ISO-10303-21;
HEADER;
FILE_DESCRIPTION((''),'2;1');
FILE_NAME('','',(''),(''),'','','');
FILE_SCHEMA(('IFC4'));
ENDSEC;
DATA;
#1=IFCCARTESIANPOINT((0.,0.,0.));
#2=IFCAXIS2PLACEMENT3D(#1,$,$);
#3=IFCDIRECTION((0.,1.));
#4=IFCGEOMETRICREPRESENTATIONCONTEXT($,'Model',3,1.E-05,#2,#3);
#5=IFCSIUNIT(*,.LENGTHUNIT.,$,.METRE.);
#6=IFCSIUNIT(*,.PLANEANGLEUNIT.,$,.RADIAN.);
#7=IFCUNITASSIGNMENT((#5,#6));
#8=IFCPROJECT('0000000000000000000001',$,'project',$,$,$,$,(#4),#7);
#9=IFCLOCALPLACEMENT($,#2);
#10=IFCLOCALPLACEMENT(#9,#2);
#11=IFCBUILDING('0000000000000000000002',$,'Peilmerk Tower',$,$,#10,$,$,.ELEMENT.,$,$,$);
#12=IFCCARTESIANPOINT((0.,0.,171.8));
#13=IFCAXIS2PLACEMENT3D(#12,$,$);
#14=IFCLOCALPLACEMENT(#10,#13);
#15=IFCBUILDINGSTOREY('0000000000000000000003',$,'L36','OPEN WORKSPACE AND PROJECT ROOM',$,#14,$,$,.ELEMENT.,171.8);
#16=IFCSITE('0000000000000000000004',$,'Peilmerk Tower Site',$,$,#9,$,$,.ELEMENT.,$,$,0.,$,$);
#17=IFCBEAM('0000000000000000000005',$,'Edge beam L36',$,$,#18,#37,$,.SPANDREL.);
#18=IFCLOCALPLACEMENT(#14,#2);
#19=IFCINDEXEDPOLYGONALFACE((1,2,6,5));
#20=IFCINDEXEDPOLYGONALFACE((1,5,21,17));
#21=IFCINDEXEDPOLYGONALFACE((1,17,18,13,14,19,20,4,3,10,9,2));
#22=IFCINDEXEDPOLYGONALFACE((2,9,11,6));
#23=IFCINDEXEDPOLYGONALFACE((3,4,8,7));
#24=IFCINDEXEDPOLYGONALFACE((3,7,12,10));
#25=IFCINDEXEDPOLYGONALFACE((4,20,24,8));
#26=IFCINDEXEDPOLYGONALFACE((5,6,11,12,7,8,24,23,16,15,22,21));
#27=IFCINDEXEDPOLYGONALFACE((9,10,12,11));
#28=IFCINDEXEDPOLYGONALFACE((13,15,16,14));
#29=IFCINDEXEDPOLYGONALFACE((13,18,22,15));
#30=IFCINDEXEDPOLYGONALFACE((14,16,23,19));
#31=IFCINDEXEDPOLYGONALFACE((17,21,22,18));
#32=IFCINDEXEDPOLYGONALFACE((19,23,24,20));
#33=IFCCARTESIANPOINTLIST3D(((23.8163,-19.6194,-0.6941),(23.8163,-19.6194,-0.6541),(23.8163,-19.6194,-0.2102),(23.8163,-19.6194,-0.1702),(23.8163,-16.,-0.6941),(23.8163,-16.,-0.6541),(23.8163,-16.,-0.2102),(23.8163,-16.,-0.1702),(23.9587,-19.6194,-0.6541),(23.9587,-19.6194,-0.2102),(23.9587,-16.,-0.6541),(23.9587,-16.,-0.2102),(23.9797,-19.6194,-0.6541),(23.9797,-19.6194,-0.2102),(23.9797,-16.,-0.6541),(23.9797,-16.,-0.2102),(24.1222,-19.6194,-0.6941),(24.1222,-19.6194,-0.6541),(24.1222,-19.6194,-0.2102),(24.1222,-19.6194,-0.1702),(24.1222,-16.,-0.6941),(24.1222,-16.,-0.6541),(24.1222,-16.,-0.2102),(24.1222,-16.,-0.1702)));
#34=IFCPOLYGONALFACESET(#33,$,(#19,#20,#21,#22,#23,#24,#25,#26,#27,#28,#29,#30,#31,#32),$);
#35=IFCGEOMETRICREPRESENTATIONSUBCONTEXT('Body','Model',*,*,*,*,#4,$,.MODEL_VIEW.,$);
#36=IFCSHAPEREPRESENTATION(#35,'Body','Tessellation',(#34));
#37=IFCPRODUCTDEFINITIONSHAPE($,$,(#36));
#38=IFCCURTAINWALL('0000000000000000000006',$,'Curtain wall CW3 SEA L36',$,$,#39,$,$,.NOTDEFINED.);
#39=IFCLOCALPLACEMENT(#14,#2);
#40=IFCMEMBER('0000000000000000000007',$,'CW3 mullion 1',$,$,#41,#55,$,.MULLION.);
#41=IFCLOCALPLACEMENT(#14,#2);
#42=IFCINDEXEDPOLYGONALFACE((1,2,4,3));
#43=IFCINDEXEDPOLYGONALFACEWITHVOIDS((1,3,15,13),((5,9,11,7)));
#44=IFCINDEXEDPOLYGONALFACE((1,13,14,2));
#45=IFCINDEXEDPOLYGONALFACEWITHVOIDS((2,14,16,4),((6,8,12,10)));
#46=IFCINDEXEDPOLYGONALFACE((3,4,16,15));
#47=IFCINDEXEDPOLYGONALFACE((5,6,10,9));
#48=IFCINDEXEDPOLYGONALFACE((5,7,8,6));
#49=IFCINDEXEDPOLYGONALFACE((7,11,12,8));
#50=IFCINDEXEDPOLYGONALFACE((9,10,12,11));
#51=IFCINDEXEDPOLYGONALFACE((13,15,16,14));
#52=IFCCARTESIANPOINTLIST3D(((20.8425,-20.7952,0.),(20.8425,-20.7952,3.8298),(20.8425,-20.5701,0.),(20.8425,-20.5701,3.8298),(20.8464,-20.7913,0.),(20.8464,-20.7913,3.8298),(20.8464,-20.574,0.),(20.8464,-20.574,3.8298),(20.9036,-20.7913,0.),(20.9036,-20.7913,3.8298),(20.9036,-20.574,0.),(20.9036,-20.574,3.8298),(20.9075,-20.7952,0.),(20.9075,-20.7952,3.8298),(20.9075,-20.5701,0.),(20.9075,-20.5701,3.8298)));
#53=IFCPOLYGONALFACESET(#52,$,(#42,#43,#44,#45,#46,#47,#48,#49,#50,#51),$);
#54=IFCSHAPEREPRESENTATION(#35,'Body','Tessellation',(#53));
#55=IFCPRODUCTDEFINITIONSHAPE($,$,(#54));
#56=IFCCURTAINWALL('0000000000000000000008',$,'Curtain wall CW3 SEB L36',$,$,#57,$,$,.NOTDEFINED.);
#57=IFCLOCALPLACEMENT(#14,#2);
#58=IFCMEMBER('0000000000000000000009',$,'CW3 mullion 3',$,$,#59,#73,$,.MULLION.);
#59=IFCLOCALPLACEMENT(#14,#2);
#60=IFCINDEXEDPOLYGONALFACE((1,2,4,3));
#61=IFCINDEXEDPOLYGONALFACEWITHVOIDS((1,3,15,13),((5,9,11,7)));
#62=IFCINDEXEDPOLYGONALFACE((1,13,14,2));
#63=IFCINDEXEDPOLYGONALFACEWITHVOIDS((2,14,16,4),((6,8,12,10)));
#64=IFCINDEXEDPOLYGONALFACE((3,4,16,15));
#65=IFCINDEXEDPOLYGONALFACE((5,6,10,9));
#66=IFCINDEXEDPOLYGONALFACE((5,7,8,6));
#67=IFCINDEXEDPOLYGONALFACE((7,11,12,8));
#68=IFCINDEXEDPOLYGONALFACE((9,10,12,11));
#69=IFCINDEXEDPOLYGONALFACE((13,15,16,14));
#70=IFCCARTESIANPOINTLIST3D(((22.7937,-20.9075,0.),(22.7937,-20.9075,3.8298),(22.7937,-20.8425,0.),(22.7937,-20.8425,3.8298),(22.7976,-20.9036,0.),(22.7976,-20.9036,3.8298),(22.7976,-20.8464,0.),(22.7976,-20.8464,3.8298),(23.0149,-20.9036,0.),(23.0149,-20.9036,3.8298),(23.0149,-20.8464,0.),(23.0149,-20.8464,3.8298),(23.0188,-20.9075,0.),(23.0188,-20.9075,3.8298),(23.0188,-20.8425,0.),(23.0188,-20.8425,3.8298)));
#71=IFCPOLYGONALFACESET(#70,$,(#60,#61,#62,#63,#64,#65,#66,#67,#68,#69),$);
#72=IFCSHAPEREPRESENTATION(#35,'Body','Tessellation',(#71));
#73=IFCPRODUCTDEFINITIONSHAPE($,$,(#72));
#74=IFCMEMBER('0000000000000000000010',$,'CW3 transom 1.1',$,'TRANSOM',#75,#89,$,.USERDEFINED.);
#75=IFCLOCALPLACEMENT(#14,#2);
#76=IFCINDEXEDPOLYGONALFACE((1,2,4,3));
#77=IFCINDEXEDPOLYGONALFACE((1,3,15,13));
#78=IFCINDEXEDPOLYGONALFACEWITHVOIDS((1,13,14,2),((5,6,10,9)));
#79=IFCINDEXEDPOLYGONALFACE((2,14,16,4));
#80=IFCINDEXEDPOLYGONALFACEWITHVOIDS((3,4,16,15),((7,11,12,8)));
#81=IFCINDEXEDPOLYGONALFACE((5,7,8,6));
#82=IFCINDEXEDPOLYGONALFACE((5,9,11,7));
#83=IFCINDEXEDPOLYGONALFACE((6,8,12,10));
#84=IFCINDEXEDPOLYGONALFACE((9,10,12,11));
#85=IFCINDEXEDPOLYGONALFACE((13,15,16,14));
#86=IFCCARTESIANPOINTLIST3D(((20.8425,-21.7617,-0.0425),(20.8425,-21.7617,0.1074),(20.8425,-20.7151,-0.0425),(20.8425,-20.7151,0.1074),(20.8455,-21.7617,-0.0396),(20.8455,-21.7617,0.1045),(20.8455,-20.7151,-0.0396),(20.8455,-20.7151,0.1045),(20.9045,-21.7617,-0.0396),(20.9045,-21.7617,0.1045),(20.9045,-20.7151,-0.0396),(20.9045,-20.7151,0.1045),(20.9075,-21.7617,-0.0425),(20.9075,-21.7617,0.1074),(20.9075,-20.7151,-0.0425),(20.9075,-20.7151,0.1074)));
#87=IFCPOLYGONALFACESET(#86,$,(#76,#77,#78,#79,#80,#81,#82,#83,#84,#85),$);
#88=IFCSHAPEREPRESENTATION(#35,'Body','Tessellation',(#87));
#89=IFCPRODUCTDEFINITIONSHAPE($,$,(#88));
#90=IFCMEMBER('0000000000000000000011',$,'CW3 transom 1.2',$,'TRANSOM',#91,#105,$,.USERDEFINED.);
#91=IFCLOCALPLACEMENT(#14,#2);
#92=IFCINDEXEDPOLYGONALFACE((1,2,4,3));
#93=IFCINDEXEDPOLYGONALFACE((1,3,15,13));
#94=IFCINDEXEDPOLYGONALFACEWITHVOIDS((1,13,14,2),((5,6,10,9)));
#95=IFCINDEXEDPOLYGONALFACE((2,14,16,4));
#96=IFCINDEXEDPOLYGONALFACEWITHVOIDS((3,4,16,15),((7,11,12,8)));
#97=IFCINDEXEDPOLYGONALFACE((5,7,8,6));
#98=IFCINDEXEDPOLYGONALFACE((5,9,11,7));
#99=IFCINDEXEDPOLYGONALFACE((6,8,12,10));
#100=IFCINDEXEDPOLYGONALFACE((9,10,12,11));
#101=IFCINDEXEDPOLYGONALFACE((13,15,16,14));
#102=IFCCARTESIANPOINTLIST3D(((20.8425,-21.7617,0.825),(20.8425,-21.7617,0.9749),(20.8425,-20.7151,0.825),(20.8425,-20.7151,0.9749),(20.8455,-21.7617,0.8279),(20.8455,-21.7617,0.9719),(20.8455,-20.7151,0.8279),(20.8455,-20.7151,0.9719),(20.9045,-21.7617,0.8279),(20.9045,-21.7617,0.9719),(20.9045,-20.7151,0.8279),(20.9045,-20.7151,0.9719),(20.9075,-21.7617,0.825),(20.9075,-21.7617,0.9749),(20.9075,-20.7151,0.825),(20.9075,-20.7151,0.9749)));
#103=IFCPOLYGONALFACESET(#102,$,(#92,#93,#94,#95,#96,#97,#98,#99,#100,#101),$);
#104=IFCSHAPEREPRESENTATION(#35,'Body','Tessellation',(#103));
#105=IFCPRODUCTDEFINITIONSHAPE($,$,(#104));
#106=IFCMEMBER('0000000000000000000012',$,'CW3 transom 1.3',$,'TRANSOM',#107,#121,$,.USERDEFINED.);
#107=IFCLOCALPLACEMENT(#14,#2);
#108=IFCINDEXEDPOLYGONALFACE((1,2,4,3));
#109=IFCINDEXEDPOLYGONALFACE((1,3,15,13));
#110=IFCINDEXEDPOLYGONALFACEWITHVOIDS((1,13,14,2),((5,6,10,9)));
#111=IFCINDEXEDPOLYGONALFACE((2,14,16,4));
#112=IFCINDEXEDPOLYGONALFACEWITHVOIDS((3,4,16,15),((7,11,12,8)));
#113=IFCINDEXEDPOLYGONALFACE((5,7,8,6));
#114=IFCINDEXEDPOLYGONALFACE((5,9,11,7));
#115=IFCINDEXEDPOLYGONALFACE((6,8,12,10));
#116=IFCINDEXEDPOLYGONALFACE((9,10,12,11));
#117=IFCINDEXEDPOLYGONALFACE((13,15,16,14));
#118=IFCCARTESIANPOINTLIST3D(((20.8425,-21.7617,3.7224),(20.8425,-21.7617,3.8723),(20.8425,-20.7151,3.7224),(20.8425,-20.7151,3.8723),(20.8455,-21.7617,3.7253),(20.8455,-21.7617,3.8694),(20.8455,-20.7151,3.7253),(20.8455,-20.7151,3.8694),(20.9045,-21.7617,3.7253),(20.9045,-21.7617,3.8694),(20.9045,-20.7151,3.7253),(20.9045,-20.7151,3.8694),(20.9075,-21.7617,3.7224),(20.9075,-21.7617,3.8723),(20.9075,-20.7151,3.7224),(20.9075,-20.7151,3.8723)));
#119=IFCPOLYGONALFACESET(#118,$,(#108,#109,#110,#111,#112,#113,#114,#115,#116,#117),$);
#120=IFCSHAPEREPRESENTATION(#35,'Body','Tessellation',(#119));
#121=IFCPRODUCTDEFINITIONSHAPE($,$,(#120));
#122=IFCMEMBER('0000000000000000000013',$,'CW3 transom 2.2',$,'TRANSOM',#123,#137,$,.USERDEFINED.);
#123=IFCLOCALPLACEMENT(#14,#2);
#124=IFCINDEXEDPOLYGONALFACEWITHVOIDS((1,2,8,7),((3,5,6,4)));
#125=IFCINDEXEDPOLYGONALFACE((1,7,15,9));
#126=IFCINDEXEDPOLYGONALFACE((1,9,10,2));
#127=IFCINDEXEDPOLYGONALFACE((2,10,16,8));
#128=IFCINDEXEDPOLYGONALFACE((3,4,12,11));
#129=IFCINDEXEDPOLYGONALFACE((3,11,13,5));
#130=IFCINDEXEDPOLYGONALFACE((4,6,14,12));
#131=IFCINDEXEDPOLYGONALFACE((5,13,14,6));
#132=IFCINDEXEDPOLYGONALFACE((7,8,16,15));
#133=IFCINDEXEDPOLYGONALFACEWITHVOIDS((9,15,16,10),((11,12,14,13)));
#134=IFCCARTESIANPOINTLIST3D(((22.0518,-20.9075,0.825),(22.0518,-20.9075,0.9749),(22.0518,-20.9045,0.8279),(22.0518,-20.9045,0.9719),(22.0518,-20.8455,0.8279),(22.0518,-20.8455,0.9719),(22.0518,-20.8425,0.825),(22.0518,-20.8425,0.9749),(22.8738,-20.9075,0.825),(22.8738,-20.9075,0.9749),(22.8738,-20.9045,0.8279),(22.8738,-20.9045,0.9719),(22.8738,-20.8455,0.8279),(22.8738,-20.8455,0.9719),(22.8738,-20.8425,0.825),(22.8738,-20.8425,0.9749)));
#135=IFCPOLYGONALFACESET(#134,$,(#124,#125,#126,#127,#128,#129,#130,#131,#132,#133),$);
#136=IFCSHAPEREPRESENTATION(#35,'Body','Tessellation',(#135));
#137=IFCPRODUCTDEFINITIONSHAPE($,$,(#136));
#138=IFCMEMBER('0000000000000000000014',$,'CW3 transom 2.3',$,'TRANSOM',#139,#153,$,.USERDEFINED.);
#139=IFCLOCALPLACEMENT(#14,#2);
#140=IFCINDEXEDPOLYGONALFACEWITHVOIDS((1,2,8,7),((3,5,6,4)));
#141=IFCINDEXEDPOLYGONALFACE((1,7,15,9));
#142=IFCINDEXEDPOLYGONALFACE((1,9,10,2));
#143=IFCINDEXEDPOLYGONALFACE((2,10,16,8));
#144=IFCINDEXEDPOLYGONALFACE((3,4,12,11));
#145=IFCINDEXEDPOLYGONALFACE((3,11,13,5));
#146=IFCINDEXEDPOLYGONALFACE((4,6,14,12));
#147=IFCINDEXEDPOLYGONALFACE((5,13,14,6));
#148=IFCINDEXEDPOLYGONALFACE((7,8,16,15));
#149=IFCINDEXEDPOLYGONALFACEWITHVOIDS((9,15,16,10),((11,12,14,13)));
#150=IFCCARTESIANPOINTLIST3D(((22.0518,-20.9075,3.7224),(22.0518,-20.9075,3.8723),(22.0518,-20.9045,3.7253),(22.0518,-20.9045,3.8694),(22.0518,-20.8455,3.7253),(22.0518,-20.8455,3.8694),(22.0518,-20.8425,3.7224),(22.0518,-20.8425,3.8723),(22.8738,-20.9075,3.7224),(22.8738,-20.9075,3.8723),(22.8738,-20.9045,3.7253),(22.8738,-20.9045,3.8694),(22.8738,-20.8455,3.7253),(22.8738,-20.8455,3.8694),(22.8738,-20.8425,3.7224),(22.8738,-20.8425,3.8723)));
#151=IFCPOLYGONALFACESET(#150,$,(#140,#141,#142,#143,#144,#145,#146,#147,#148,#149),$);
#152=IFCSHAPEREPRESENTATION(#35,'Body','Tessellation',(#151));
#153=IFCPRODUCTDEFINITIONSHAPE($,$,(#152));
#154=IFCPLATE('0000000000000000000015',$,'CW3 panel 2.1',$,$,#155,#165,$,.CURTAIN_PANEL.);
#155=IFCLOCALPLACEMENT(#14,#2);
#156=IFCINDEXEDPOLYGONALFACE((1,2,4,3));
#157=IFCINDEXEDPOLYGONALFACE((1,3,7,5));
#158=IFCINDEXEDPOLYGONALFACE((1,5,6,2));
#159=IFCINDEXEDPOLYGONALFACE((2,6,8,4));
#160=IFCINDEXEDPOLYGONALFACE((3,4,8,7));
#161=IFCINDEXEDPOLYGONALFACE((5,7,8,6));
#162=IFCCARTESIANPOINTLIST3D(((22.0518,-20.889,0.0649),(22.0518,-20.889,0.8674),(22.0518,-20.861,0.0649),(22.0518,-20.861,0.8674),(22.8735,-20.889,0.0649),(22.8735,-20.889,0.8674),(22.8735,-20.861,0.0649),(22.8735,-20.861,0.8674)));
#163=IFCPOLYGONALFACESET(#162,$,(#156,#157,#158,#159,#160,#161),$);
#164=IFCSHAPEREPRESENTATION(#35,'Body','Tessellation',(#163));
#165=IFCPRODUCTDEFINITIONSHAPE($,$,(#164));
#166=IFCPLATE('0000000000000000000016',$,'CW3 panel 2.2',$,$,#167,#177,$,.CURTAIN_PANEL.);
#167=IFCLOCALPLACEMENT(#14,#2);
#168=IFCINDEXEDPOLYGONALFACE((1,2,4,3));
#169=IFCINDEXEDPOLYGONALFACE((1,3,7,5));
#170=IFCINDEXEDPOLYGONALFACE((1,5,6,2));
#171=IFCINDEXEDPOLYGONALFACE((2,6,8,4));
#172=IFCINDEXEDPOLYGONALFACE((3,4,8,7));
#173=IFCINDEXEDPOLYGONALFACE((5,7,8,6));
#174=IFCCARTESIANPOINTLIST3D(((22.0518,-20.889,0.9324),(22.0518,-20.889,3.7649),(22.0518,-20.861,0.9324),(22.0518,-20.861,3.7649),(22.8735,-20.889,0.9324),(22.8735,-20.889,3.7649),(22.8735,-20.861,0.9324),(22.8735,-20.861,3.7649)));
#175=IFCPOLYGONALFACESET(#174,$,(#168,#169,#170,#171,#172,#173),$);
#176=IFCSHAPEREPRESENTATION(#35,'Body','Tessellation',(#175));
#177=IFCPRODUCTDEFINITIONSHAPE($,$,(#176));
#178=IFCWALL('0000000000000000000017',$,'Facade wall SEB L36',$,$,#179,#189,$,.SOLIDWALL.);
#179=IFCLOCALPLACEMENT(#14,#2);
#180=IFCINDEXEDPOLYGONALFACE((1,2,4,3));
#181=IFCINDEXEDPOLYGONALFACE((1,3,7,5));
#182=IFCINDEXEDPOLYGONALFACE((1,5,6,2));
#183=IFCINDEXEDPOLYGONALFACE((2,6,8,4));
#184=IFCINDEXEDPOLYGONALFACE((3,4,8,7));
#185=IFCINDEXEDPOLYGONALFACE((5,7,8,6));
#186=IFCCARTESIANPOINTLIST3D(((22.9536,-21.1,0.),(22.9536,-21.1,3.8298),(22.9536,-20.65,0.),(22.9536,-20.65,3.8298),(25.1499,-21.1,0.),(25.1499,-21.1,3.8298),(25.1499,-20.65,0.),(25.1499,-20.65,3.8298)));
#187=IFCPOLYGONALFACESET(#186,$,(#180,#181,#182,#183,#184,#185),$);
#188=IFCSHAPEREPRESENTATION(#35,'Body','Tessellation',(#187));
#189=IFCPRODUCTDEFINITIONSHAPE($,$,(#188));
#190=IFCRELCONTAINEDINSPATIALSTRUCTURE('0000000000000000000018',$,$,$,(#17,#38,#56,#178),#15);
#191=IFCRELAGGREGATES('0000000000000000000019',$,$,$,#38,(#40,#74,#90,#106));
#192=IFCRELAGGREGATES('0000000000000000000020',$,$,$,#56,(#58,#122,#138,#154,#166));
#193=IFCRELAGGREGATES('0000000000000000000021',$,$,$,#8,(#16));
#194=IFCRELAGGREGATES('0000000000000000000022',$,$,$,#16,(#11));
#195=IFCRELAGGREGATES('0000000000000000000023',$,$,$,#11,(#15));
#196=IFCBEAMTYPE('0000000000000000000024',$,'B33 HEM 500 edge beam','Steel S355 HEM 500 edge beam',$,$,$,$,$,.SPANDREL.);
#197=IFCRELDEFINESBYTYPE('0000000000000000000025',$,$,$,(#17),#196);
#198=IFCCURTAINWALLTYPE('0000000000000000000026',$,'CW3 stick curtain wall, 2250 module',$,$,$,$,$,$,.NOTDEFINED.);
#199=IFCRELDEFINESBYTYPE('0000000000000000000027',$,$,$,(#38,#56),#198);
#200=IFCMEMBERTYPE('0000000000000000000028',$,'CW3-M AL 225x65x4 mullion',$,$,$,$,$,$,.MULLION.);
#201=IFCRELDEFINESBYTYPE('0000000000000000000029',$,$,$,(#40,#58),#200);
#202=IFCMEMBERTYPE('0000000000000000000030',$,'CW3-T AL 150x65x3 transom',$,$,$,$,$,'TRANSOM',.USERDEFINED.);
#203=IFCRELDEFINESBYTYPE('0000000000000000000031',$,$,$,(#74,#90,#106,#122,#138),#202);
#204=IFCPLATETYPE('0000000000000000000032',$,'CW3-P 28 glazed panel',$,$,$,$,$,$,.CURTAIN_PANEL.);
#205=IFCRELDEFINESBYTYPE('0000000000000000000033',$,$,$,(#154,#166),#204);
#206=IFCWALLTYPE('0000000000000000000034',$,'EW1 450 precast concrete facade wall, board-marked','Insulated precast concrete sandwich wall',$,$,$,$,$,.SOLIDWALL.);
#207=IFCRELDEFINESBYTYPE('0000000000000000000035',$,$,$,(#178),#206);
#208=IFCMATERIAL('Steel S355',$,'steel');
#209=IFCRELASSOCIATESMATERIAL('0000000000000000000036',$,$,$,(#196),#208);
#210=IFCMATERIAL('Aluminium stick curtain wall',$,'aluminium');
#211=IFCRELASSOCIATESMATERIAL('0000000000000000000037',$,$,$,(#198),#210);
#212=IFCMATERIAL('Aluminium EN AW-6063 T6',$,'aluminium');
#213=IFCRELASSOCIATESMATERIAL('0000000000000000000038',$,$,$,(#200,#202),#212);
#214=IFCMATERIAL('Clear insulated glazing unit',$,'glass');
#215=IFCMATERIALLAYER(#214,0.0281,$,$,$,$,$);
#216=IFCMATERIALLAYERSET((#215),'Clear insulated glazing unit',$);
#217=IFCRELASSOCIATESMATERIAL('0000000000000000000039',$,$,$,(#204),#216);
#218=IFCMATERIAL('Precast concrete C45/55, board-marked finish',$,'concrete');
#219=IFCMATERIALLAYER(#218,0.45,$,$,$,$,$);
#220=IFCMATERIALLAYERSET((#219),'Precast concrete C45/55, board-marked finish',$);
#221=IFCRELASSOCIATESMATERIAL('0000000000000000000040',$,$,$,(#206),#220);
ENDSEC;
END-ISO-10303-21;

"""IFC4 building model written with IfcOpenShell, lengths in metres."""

from ifc_helpers import new_model, si_unit, direction, frame, frame_2d, origin, origin_2d, place, context, subcontext, project, spatial, rectangle, hollow_rectangle, i_section, extrude, material, layer, layer_set, material_profile, profile_set, type_object, element, aggregate, save


model = new_model("IFC4")

# Units and contexts
model_context = context("Model", 3, precision=1e-05, world=origin(), true_north=direction((0.0, 1.0)))
body_context = subcontext(model_context, "Body", "Model", "MODEL_VIEW")
ifc_project = project(units=[si_unit("LENGTHUNIT", "METRE"), si_unit("PLANEANGLEUNIT", "RADIAN")], contexts=[model_context])

# Site, building, storey
site_placement = place(None, origin())
site = spatial("IfcSite", under=ifc_project, at=site_placement, Name="Peilmerk Tower Site", CompositionType="ELEMENT", RefElevation=0.0)
building_placement = place(site_placement, origin())
building = spatial("IfcBuilding", under=site, at=building_placement, Name="Peilmerk Tower", CompositionType="ELEMENT")
storey_placement = place(building_placement, frame((0.0, 0.0, 171.8)))
storey = spatial("IfcBuildingStorey", under=building, at=storey_placement, Name="L36", Description="OPEN WORKSPACE AND PROJECT ROOM", CompositionType="ELEMENT", Elevation=171.8)

# Beam
ifc_material_1 = material(Name="Steel S355", Category="steel")
ifc_material_profile_1 = material_profile(ifc_material_1, i_section(OverallWidth=0.3059, OverallDepth=0.5239, WebThickness=0.021, FlangeThickness=0.04, at=origin_2d()), Name="HEM 500")
ifc_profile_set_1 = profile_set([ifc_material_profile_1], Name="Steel S355")
beam_type_1 = type_object("IfcBeamType", Name="B33 HEM 500 edge beam", Description="Steel S355 HEM 500 edge beam", PredefinedType="SPANDREL", material=ifc_profile_set_1)
beam_1_placement = place(storey_placement, frame((23.9692, -19.6194, -0.4321), z_axis=(0.0, 1.0, 0.0), x_axis=(-1.0, 0.0, 0.0)))
element("IfcBeam", 1, at=beam_1_placement, inside=storey, type_object=beam_type_1, Name="Edge beam L36", PredefinedType="SPANDREL", context=body_context, shape_type="SweptSolid", body=[
    extrude(i_section(OverallWidth=0.3059, OverallDepth=0.5239, WebThickness=0.021, FlangeThickness=0.04, at=origin_2d()), origin(), (0.0, 0.0, 1.0), 3.6194),
])

# Curtain walls, members
ifc_material_2 = material(Name="Aluminium stick curtain wall", Category="aluminium")
curtain_wall_type = type_object("IfcCurtainWallType", Name="CW3 stick curtain wall, 2250 module", PredefinedType="NOTDEFINED", material=ifc_material_2)
curtain_wall_1_placement = place(storey_placement, origin())
curtain_wall_1 = element("IfcCurtainWall", 2, at=curtain_wall_1_placement, inside=storey, type_object=curtain_wall_type, Name="Curtain wall CW3 SEA L36", PredefinedType="NOTDEFINED")
ifc_material_3 = material(Name="Aluminium EN AW-6063 T6", Category="aluminium")
ifc_material_profile_2 = material_profile(ifc_material_3, hollow_rectangle(XDim=0.0649, YDim=0.2251, WallThickness=0.0039, at=origin_2d()), Name="AL 225x65x4")
ifc_profile_set_2 = profile_set([ifc_material_profile_2], Name="Aluminium EN AW-6063 T6")
member_type_1 = type_object("IfcMemberType", Name="CW3-M AL 225x65x4 mullion", PredefinedType="MULLION", material=ifc_profile_set_2)
member_1_placement = place(storey_placement, frame((20.875, -20.6826, 0.0), z_axis=(0.0, 0.0, 1.0), x_axis=(1.0, 0.0, 0.0)))
member_1 = element("IfcMember", 3, at=member_1_placement, type_object=member_type_1, Name="CW3 mullion 1", PredefinedType="MULLION", context=body_context, shape_type="SweptSolid", body=[
    extrude(hollow_rectangle(XDim=0.0649, YDim=0.2251, WallThickness=0.0039, at=origin_2d()), origin(), (0.0, 0.0, 1.0), 3.8298),
])
curtain_wall_2_placement = place(storey_placement, origin())
curtain_wall_2 = element("IfcCurtainWall", 4, at=curtain_wall_2_placement, inside=storey, type_object=curtain_wall_type, Name="Curtain wall CW3 SEB L36", PredefinedType="NOTDEFINED")
member_2_placement = place(storey_placement, frame((22.9062, -20.875, 0.0), z_axis=(0.0, 0.0, 1.0), x_axis=(0.0, 1.0, 0.0)))
member_2 = element("IfcMember", 5, at=member_2_placement, type_object=member_type_1, Name="CW3 mullion 3", PredefinedType="MULLION", context=body_context, shape_type="SweptSolid", body=[
    extrude(hollow_rectangle(XDim=0.0649, YDim=0.2251, WallThickness=0.0039, at=origin_2d()), origin(), (0.0, 0.0, 1.0), 3.8298),
])

# Members
ifc_material_profile_3 = material_profile(ifc_material_3, hollow_rectangle(XDim=0.0649, YDim=0.1499, WallThickness=0.0029, at=origin_2d()), Name="AL 150x65x3")
ifc_profile_set_3 = profile_set([ifc_material_profile_3], Name="Aluminium EN AW-6063 T6")
member_type_2 = type_object("IfcMemberType", Name="CW3-T AL 150x65x3 transom", ElementType="TRANSOM", PredefinedType="USERDEFINED", material=ifc_profile_set_3)
member_3_placement = place(storey_placement, frame((20.875, -20.7151, 0.0325), z_axis=(0.0, -1.0, 0.0), x_axis=(1.0, 0.0, 0.0)))
member_3 = element("IfcMember", 6, at=member_3_placement, type_object=member_type_2, Name="CW3 transom 1.1", ObjectType="TRANSOM", PredefinedType="USERDEFINED", context=body_context, shape_type="SweptSolid", body=[
    extrude(hollow_rectangle(XDim=0.0649, YDim=0.1499, WallThickness=0.0029, at=origin_2d()), origin(), (0.0, 0.0, 1.0), 1.0466),
])
member_4_placement = place(storey_placement, frame((20.875, -20.7151, 0.8999), z_axis=(0.0, -1.0, 0.0), x_axis=(1.0, 0.0, 0.0)))
member_4 = element("IfcMember", 7, at=member_4_placement, type_object=member_type_2, Name="CW3 transom 1.2", ObjectType="TRANSOM", PredefinedType="USERDEFINED", context=body_context, shape_type="SweptSolid", body=[
    extrude(hollow_rectangle(XDim=0.0649, YDim=0.1499, WallThickness=0.0029, at=origin_2d()), origin(), (0.0, 0.0, 1.0), 1.0466),
])
member_5_placement = place(storey_placement, frame((20.875, -20.7151, 3.7974), z_axis=(0.0, -1.0, 0.0), x_axis=(1.0, 0.0, 0.0)))
member_5 = element("IfcMember", 8, at=member_5_placement, type_object=member_type_2, Name="CW3 transom 1.3", ObjectType="TRANSOM", PredefinedType="USERDEFINED", context=body_context, shape_type="SweptSolid", body=[
    extrude(hollow_rectangle(XDim=0.0649, YDim=0.1499, WallThickness=0.0029, at=origin_2d()), origin(), (0.0, 0.0, 1.0), 1.0466),
])
aggregate(curtain_wall_1, [member_1, member_3, member_4, member_5])
member_6_placement = place(storey_placement, frame((22.0518, -20.875, 0.8999), z_axis=(1.0, 0.0, 0.0), x_axis=(0.0, 1.0, 0.0)))
member_6 = element("IfcMember", 9, at=member_6_placement, type_object=member_type_2, Name="CW3 transom 2.2", ObjectType="TRANSOM", PredefinedType="USERDEFINED", context=body_context, shape_type="SweptSolid", body=[
    extrude(hollow_rectangle(XDim=0.0649, YDim=0.1499, WallThickness=0.0029, at=origin_2d()), origin(), (0.0, 0.0, 1.0), 0.822),
])
member_7_placement = place(storey_placement, frame((22.0518, -20.875, 3.7974), z_axis=(1.0, 0.0, 0.0), x_axis=(0.0, 1.0, 0.0)))
member_7 = element("IfcMember", 10, at=member_7_placement, type_object=member_type_2, Name="CW3 transom 2.3", ObjectType="TRANSOM", PredefinedType="USERDEFINED", context=body_context, shape_type="SweptSolid", body=[
    extrude(hollow_rectangle(XDim=0.0649, YDim=0.1499, WallThickness=0.0029, at=origin_2d()), origin(), (0.0, 0.0, 1.0), 0.822),
])

# Plates
ifc_material_4 = material(Name="Clear insulated glazing unit", Category="glass")
ifc_layer_1 = layer(ifc_material_4, 0.0281)
ifc_layer_set_1 = layer_set([ifc_layer_1], Name="Clear insulated glazing unit")
plate_type = type_object("IfcPlateType", Name="CW3-P 28 glazed panel", PredefinedType="CURTAIN_PANEL", material=ifc_layer_set_1)
plate_1_placement = place(storey_placement, frame((22.4626, -20.875, 0.0649), z_axis=(0.0, 0.0, 1.0), x_axis=(1.0, 0.0, 0.0)))
plate_1 = element("IfcPlate", 11, at=plate_1_placement, type_object=plate_type, Name="CW3 panel 2.1", PredefinedType="CURTAIN_PANEL", context=body_context, shape_type="SweptSolid", body=[
    extrude(rectangle(XDim=0.8218, YDim=0.0281, at=origin_2d()), origin(), (0.0, 0.0, 1.0), 0.8025),
])
plate_2_placement = place(storey_placement, frame((22.4626, -20.875, 0.9324), z_axis=(0.0, 0.0, 1.0), x_axis=(1.0, 0.0, 0.0)))
plate_2 = element("IfcPlate", 12, at=plate_2_placement, type_object=plate_type, Name="CW3 panel 2.2", PredefinedType="CURTAIN_PANEL", context=body_context, shape_type="SweptSolid", body=[
    extrude(rectangle(XDim=0.8218, YDim=0.0281, at=origin_2d()), origin(), (0.0, 0.0, 1.0), 2.8325),
])
aggregate(curtain_wall_2, [member_2, member_6, member_7, plate_1, plate_2])

# Wall
ifc_material_5 = material(Name="Precast concrete C45/55, board-marked finish", Category="concrete")
ifc_layer_2 = layer(ifc_material_5, 0.45)
ifc_layer_set_2 = layer_set([ifc_layer_2], Name="Precast concrete C45/55, board-marked finish")
wall_type_1 = type_object("IfcWallType", Name="EW1 450 precast concrete facade wall, board-marked", Description="Insulated precast concrete sandwich wall", PredefinedType="SOLIDWALL", material=ifc_layer_set_2)
wall_1_placement = place(storey_placement, frame((22.9536, -20.875, 0.0), z_axis=(0.0, 0.0, 1.0), x_axis=(1.0, 0.0, 0.0)))
element("IfcWall", 13, at=wall_1_placement, inside=storey, type_object=wall_type_1, Name="Facade wall SEB L36", PredefinedType="SOLIDWALL", context=body_context, shape_type="SweptSolid", body=[
    extrude(rectangle(XDim=2.1963, YDim=0.45, at=frame_2d((1.0981, 0.0))), origin(), (0.0, 0.0, 1.0), 3.8298),
])

save(model, "model.ifc")
